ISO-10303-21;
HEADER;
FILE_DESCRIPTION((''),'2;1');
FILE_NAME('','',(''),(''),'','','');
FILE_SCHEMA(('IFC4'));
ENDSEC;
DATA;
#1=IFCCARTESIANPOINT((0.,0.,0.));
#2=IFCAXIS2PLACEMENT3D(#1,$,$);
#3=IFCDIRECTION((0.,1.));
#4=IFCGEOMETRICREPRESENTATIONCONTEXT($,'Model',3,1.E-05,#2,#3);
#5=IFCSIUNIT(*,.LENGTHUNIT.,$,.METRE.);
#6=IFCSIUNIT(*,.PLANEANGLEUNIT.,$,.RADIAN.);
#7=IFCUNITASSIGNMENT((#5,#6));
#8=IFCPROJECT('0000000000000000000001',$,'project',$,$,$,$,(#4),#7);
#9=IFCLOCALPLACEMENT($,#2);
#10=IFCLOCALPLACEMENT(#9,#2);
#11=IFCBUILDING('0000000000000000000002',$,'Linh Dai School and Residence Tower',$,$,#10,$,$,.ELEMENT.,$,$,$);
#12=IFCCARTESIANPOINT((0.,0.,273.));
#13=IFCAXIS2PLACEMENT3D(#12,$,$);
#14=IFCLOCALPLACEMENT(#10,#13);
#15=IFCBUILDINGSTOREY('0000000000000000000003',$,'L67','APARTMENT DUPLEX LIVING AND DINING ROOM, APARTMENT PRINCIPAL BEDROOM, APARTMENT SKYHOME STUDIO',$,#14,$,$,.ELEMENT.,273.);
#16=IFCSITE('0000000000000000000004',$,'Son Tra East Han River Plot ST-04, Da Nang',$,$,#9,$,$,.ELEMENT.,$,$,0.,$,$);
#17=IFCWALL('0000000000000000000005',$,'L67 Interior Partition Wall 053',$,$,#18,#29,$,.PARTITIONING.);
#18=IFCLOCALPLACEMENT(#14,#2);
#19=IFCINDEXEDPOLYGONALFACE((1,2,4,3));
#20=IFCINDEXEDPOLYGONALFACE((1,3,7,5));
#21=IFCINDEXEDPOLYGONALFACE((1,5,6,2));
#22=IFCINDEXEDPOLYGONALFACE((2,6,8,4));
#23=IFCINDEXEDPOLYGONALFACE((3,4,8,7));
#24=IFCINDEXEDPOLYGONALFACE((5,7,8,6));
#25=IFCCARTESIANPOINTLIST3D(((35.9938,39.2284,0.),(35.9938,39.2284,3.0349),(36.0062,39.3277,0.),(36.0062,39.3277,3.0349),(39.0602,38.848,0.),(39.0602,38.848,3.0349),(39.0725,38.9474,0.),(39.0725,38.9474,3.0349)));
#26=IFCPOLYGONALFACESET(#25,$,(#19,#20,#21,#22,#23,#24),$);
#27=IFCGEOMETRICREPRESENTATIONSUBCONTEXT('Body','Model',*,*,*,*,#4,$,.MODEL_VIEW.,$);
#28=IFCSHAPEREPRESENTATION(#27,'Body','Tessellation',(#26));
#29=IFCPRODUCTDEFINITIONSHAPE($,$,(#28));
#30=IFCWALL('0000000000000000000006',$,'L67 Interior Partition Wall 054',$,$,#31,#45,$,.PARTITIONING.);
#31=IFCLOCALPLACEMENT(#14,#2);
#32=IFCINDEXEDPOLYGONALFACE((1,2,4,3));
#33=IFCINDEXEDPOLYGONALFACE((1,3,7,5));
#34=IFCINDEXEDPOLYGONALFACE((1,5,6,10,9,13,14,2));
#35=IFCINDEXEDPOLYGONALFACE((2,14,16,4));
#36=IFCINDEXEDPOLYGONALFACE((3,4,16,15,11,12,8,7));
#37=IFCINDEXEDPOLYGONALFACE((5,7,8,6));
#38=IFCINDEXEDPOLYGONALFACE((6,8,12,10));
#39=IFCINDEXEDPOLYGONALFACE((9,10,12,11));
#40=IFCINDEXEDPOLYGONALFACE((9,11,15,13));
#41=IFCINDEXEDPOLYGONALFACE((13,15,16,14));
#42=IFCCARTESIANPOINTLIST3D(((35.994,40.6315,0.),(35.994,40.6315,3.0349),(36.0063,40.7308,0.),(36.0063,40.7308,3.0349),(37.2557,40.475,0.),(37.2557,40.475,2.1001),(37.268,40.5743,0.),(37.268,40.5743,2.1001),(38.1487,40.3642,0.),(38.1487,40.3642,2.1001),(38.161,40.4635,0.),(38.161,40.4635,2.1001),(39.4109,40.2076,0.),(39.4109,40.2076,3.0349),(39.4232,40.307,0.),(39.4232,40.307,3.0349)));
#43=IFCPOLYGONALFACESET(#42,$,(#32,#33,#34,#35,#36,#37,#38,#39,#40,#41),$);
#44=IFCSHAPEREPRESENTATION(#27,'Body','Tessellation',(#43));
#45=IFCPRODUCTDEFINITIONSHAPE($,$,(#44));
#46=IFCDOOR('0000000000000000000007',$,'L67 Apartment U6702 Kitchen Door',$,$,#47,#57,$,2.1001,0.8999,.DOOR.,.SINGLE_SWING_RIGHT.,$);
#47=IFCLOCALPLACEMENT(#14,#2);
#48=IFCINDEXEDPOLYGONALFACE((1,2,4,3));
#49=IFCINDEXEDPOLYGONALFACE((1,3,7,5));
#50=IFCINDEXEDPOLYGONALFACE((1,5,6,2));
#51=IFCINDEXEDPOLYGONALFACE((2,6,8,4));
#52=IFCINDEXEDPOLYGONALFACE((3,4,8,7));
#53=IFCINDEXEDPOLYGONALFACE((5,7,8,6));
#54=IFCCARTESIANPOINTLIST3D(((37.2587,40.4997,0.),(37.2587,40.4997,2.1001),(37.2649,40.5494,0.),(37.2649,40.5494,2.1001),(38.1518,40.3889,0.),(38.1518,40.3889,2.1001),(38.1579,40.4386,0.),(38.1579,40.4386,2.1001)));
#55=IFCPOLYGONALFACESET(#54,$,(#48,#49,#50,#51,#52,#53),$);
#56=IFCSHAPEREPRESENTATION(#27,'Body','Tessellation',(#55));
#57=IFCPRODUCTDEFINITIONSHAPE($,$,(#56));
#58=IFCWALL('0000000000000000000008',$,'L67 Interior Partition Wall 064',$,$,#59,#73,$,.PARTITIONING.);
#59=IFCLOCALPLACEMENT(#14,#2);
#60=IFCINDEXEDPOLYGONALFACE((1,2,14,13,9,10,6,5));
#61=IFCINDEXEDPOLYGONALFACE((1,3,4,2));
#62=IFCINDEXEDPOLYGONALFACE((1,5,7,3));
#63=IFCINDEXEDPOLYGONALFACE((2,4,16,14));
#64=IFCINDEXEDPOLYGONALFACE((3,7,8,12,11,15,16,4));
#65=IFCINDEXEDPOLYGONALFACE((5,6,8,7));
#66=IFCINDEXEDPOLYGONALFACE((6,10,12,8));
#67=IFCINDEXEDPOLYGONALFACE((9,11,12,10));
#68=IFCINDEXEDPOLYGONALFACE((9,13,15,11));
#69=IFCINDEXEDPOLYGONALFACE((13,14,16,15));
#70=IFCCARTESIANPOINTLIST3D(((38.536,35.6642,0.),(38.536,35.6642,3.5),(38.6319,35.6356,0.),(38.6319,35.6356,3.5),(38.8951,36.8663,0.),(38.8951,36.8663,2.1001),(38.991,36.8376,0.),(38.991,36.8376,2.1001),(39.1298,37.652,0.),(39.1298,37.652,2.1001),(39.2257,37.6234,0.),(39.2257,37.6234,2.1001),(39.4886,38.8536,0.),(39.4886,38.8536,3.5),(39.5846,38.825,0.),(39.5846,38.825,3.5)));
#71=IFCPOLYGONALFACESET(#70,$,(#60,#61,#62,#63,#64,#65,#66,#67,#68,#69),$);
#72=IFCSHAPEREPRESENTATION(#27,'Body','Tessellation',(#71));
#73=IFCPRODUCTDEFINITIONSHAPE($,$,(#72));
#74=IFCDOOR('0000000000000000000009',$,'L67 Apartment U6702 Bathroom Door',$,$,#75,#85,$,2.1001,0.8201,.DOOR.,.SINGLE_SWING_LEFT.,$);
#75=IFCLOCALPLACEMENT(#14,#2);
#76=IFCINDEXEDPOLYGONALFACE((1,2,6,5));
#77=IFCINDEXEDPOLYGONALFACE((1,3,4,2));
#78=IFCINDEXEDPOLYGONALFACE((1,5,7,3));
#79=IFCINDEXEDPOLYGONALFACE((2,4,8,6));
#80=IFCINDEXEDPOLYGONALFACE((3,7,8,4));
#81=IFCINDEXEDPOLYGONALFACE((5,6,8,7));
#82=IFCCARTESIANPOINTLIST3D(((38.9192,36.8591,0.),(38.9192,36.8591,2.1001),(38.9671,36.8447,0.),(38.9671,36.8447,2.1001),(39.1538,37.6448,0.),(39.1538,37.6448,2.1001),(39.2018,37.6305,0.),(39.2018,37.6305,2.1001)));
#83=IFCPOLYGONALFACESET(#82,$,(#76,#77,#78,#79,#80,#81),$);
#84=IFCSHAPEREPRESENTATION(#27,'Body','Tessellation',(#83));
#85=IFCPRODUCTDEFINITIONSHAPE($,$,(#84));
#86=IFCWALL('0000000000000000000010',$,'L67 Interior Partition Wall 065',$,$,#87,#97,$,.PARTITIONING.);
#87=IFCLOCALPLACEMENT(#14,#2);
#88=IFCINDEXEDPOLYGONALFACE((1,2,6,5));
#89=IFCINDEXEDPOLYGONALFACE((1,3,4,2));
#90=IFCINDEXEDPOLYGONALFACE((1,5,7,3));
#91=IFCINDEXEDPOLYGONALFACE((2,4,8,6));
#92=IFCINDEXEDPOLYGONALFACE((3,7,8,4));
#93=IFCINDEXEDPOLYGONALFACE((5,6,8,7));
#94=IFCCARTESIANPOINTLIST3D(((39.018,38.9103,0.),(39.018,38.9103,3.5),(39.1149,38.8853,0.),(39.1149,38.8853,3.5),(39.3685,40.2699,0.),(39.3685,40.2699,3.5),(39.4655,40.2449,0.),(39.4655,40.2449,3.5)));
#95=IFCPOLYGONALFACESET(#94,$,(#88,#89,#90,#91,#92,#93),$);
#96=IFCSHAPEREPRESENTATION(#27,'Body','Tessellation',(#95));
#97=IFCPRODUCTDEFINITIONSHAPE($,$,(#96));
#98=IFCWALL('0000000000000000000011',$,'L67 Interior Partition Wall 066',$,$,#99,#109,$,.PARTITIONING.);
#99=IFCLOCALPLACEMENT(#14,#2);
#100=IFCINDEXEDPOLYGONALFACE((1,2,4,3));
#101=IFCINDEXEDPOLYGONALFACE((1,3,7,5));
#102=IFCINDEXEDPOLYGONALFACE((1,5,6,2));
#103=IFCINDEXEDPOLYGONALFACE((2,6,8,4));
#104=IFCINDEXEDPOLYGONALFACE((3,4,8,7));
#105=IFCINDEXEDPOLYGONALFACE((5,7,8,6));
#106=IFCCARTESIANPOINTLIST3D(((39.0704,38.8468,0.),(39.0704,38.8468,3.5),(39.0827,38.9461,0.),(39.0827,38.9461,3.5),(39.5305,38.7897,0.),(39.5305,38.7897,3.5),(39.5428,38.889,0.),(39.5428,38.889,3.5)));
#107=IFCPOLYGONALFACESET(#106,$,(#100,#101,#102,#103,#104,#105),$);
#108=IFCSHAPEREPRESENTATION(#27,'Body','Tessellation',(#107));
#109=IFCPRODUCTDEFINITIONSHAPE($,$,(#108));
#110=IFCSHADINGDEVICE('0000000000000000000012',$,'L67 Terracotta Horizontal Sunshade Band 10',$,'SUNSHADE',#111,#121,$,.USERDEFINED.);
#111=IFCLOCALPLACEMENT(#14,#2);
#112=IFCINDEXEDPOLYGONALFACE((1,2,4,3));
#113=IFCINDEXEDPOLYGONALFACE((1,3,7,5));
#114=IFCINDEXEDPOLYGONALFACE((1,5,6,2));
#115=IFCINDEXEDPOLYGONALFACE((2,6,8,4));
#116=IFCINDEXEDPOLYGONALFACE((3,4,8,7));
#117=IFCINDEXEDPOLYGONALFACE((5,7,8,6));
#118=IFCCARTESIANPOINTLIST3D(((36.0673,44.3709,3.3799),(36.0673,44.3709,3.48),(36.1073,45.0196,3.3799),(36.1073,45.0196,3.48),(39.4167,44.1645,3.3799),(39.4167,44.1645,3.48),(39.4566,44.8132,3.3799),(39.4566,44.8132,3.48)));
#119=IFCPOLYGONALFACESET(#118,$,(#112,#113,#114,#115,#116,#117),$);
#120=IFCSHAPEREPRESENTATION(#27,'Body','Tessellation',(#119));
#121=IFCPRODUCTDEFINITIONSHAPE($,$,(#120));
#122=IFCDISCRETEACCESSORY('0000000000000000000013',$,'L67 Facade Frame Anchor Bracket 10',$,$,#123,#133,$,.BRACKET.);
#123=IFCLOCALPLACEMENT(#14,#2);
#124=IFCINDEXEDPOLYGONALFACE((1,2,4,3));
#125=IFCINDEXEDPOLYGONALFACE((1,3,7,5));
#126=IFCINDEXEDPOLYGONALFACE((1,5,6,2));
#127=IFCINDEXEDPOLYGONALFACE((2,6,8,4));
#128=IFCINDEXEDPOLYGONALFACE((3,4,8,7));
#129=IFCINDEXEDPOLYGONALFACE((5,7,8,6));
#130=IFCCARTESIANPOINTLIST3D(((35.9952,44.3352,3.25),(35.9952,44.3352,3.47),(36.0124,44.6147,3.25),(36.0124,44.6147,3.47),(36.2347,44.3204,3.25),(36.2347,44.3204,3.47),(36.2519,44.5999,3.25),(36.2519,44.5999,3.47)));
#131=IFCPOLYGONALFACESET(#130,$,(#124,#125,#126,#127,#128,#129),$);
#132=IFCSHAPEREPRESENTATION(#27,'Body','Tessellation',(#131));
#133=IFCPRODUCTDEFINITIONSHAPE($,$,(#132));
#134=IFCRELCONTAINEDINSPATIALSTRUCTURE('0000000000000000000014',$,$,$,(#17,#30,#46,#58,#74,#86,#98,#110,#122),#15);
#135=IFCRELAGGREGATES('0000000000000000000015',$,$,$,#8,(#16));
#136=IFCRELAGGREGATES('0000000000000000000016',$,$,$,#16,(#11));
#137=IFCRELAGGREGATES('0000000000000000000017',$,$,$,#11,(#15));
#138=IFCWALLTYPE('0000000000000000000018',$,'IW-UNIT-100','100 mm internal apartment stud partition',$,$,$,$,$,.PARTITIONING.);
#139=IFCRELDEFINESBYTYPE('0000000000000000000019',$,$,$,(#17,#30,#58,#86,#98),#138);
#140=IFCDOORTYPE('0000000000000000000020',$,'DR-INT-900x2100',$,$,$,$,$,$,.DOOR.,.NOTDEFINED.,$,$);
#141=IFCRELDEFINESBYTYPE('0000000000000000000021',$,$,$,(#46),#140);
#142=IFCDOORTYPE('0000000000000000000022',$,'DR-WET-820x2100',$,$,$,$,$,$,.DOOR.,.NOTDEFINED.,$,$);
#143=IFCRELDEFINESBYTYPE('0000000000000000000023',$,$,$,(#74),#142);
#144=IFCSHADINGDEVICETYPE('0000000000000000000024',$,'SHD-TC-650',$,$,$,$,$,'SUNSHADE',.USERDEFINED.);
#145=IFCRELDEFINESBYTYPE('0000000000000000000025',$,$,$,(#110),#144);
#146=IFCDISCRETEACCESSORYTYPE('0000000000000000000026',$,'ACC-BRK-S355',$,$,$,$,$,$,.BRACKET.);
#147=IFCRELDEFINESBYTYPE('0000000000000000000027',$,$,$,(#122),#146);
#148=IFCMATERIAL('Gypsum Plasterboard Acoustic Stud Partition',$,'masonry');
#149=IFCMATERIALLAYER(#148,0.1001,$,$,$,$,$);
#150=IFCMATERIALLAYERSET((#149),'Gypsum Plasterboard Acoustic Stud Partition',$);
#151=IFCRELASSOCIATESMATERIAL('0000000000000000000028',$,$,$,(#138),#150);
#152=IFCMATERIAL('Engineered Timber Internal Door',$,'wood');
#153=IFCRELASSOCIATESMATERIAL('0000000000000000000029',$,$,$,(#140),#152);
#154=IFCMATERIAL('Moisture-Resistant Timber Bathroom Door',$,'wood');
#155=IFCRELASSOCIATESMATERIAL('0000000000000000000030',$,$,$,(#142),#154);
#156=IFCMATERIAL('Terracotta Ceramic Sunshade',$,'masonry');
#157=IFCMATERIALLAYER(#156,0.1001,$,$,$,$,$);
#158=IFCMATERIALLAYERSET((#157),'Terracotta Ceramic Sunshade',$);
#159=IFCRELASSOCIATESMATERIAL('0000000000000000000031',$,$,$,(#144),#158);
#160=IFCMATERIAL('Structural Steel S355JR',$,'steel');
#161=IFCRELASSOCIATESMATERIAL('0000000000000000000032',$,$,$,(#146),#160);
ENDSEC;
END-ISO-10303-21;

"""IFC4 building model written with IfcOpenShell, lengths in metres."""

from ifc_helpers import new_model, si_unit, direction, frame, frame_2d, origin, origin_2d, place, context, subcontext, project, spatial, rectangle, extrude, source, transform, mapped, material, layer, layer_set, type_object, element, fill, save


model = new_model("IFC4")

# Units and contexts
model_context = context("Model", 3, precision=1e-05, world=origin(), true_north=direction((0.0, 1.0)))
body_context = subcontext(model_context, "Body", "Model", "MODEL_VIEW")
ifc_project = project(units=[si_unit("LENGTHUNIT", "METRE"), si_unit("PLANEANGLEUNIT", "RADIAN")], contexts=[model_context])

# Site, building, storey
site_placement = place(None, origin())
site = spatial("IfcSite", under=ifc_project, at=site_placement, Name="Son Tra East Han River Plot ST-04, Da Nang", CompositionType="ELEMENT", RefElevation=0.0)
building_placement = place(site_placement, origin())
building = spatial("IfcBuilding", under=site, at=building_placement, Name="Linh Dai School and Residence Tower", CompositionType="ELEMENT")
storey_placement = place(building_placement, frame((0.0, 0.0, 273.0)))
storey = spatial("IfcBuildingStorey", under=building, at=storey_placement, Name="L67", Description="APARTMENT DUPLEX LIVING AND DINING ROOM, APARTMENT PRINCIPAL BEDROOM, APARTMENT SKYHOME STUDIO", CompositionType="ELEMENT", Elevation=273.0)

# Shared definitions
ifc_material_1 = material(Name="Structural Steel S355JR", Category="steel")

# Wall
ifc_material_2 = material(Name="Gypsum Plasterboard Acoustic Stud Partition", Category="masonry")
ifc_layer_1 = layer(ifc_material_2, 0.1001)
ifc_layer_set_1 = layer_set([ifc_layer_1], Name="Gypsum Plasterboard Acoustic Stud Partition")
wall_type_1 = type_object("IfcWallType", Name="IW-UNIT-100", Description="100 mm internal apartment stud partition", PredefinedType="PARTITIONING", material=ifc_layer_set_1)
wall_1_placement = place(storey_placement, frame((36.0, 39.2781, 0.0), z_axis=(0.0, 0.0, 1.0), x_axis=(0.992394, -0.123101, 0.0)))
element("IfcWall", 1, at=wall_1_placement, inside=storey, type_object=wall_type_1, Name="L67 Interior Partition Wall 053", PredefinedType="PARTITIONING", context=body_context, shape_type="SweptSolid", body=[
    extrude(rectangle(XDim=3.0898, YDim=0.1001, at=frame_2d((1.5449, 0.0))), origin(), (0.0, 0.0, 1.0), 3.0349),
])

# Walls, openings, doors
wall_2_placement = place(storey_placement, frame((36.0, 40.6812, 0.0), z_axis=(0.0, 0.0, 1.0), x_axis=(0.992395, -0.123092, 0.0)))
wall_2 = element("IfcWall", 2, at=wall_2_placement, inside=storey, type_object=wall_type_1, Name="L67 Interior Partition Wall 054", PredefinedType="PARTITIONING", context=body_context, shape_type="SweptSolid", body=[
    extrude(rectangle(XDim=3.4431, YDim=0.1001, at=frame_2d((1.7217, 0.0))), origin(), (0.0, 0.0, 1.0), 3.0349),
])
opening_1_placement = place(wall_2_placement, frame((1.2715, 0.0, 0.0)))
opening_1 = element("IfcOpeningElement", 3, at=opening_1_placement, cuts=wall_2, PredefinedType="OPENING", context=body_context, shape_type="SweptSolid", body=[
    extrude(rectangle(XDim=0.8999, YDim=2.1001, at=origin_2d()), frame((0.45, 0.0601, 1.05), z_axis=(0.0, -1.0, 0.0), x_axis=(1.0, 0.0, 0.0)), (0.0, 0.0, 1.0), 0.1201),
])
ifc_material_3 = material(Name="Engineered Timber Internal Door", Category="wood")
door_type_1 = type_object("IfcDoorType", Name="DR-INT-900x2100", OperationType="NOTDEFINED", PredefinedType="DOOR", material=ifc_material_3)
shared_shape_1 = source(origin(), body_context, "Body", "SweptSolid", [
    extrude(rectangle(XDim=0.8999, YDim=2.1001, at=origin_2d()), frame((0.45, 0.0249, 1.05), z_axis=(0.0, -1.0, 0.0), x_axis=(1.0, 0.0, 0.0)), (0.0, 0.0, 1.0), 0.05),
])
door_1_placement = place(opening_1_placement, origin())
door_1 = element("IfcDoor", 4, at=door_1_placement, inside=storey, type_object=door_type_1, Name="L67 Apartment U6702 Kitchen Door", OperationType="SINGLE_SWING_RIGHT", OverallHeight=2.1001, OverallWidth=0.8999, PredefinedType="DOOR", context=body_context, shape_type="MappedRepresentation", body=[
    mapped(shared_shape_1, transform((0.0, 0.0, 0.0), x_axis=(1.0, 0.0, 0.0), y_axis=(0.0, 1.0, 0.0), z_axis=(0.0, 0.0, 1.0), scale=1.0)),
])
fill(opening_1, door_1)
wall_3_placement = place(storey_placement, frame((38.584, 35.6499, 0.0), z_axis=(0.0, 0.0, 1.0), x_axis=(0.28619, 0.958173, 0.0)))
wall_3 = element("IfcWall", 5, at=wall_3_placement, inside=storey, type_object=wall_type_1, Name="L67 Interior Partition Wall 064", PredefinedType="PARTITIONING", context=body_context, shape_type="SweptSolid", body=[
    extrude(rectangle(XDim=3.3286, YDim=0.1001, at=frame_2d((1.6643, 0.0))), origin(), (0.0, 0.0, 1.0), 3.5),
])
opening_2_placement = place(wall_3_placement, frame((1.2544, 0.0, 0.0)))
opening_2 = element("IfcOpeningElement", 6, at=opening_2_placement, cuts=wall_3, PredefinedType="OPENING", context=body_context, shape_type="SweptSolid", body=[
    extrude(rectangle(XDim=0.8201, YDim=2.1001, at=origin_2d()), frame((0.4102, 0.0601, 1.05), z_axis=(0.0, -1.0, 0.0), x_axis=(1.0, 0.0, 0.0)), (0.0, 0.0, 1.0), 0.1201),
])
ifc_material_4 = material(Name="Moisture-Resistant Timber Bathroom Door", Category="wood")
door_type_2 = type_object("IfcDoorType", Name="DR-WET-820x2100", OperationType="NOTDEFINED", PredefinedType="DOOR", material=ifc_material_4)
shared_shape_2 = source(origin(), body_context, "Body", "SweptSolid", [
    extrude(rectangle(XDim=0.8201, YDim=2.1001, at=origin_2d()), frame((0.4102, 0.0249, 1.05), z_axis=(0.0, -1.0, 0.0), x_axis=(1.0, 0.0, 0.0)), (0.0, 0.0, 1.0), 0.05),
])
door_2_placement = place(opening_2_placement, origin())
door_2 = element("IfcDoor", 7, at=door_2_placement, inside=storey, type_object=door_type_2, Name="L67 Apartment U6702 Bathroom Door", OperationType="SINGLE_SWING_LEFT", OverallHeight=2.1001, OverallWidth=0.8201, PredefinedType="DOOR", context=body_context, shape_type="MappedRepresentation", body=[
    mapped(shared_shape_2, transform((0.0, 0.0, 0.0), x_axis=(1.0, 0.0, 0.0), y_axis=(0.0, 1.0, 0.0), z_axis=(0.0, 0.0, 1.0), scale=1.0)),
])
fill(opening_2, door_2)

# Walls
wall_4_placement = place(storey_placement, frame((39.0664, 38.8977, 0.0), z_axis=(0.0, 0.0, 1.0), x_axis=(0.249689, 0.968326, 0.0)))
element("IfcWall", 8, at=wall_4_placement, inside=storey, type_object=wall_type_1, Name="L67 Interior Partition Wall 065", PredefinedType="PARTITIONING", context=body_context, shape_type="SweptSolid", body=[
    extrude(rectangle(XDim=1.4041, YDim=0.1001, at=frame_2d((0.7021, 0.0))), origin(), (0.0, 0.0, 1.0), 3.5),
])
wall_5_placement = place(storey_placement, frame((39.0764, 38.8965, 0.0), z_axis=(0.0, 0.0, 1.0), x_axis=(0.992383, -0.123192, 0.0)))
element("IfcWall", 9, at=wall_5_placement, inside=storey, type_object=wall_type_1, Name="L67 Interior Partition Wall 066", PredefinedType="PARTITIONING", context=body_context, shape_type="SweptSolid", body=[
    extrude(rectangle(XDim=0.4636, YDim=0.1001, at=frame_2d((0.2319, 0.0))), origin(), (0.0, 0.0, 1.0), 3.5),
])

# Shading device
ifc_material_5 = material(Name="Terracotta Ceramic Sunshade", Category="masonry")
ifc_layer_2 = layer(ifc_material_5, 0.1001)
ifc_layer_set_2 = layer_set([ifc_layer_2], Name="Terracotta Ceramic Sunshade")
shading_device_type = type_object("IfcShadingDeviceType", Name="SHD-TC-650", ElementType="SUNSHADE", PredefinedType="USERDEFINED", material=ifc_layer_set_2)
shared_shape_3 = source(origin(), body_context, "Body", "SweptSolid", [
    extrude(rectangle(XDim=3.3557, YDim=0.6499, at=origin_2d()), origin(), (0.0, 0.0, 1.0), 0.1001),
])
shading_device_placement = place(storey_placement, frame((37.762, 44.592, 3.3799), z_axis=(0.0, 0.0, 1.0), x_axis=(0.998106, -0.06151, 0.0)))
element("IfcShadingDevice", 10, at=shading_device_placement, inside=storey, type_object=shading_device_type, Name="L67 Terracotta Horizontal Sunshade Band 10", ObjectType="SUNSHADE", PredefinedType="USERDEFINED", context=body_context, shape_type="MappedRepresentation", body=[
    mapped(shared_shape_3, transform((0.0, 0.0, 0.0), x_axis=(1.0, 0.0, 0.0), y_axis=(0.0, 1.0, 0.0), z_axis=(0.0, 0.0, 1.0), scale=1.0)),
])

# Discrete accessory
discrete_accessory_type = type_object("IfcDiscreteAccessoryType", Name="ACC-BRK-S355", PredefinedType="BRACKET", material=ifc_material_1)
shared_shape_4 = source(origin(), body_context, "Body", "SweptSolid", [
    extrude(rectangle(XDim=0.28, YDim=0.24, at=origin_2d()), origin(), (0.0, 0.0, 1.0), 0.22),
])
discrete_accessory_placement = place(storey_placement, frame((36.1235, 44.4675, 3.25), z_axis=(0.0, 0.0, 1.0), x_axis=(0.06151, 0.998106, 0.0)))
element("IfcDiscreteAccessory", 11, at=discrete_accessory_placement, inside=storey, type_object=discrete_accessory_type, Name="L67 Facade Frame Anchor Bracket 10", PredefinedType="BRACKET", context=body_context, shape_type="MappedRepresentation", body=[
    mapped(shared_shape_4, transform((0.0, 0.0, 0.0), x_axis=(1.0, 0.0, 0.0), y_axis=(0.0, 1.0, 0.0), z_axis=(0.0, 0.0, 1.0), scale=1.0)),
])

save(model, "model.ifc")
